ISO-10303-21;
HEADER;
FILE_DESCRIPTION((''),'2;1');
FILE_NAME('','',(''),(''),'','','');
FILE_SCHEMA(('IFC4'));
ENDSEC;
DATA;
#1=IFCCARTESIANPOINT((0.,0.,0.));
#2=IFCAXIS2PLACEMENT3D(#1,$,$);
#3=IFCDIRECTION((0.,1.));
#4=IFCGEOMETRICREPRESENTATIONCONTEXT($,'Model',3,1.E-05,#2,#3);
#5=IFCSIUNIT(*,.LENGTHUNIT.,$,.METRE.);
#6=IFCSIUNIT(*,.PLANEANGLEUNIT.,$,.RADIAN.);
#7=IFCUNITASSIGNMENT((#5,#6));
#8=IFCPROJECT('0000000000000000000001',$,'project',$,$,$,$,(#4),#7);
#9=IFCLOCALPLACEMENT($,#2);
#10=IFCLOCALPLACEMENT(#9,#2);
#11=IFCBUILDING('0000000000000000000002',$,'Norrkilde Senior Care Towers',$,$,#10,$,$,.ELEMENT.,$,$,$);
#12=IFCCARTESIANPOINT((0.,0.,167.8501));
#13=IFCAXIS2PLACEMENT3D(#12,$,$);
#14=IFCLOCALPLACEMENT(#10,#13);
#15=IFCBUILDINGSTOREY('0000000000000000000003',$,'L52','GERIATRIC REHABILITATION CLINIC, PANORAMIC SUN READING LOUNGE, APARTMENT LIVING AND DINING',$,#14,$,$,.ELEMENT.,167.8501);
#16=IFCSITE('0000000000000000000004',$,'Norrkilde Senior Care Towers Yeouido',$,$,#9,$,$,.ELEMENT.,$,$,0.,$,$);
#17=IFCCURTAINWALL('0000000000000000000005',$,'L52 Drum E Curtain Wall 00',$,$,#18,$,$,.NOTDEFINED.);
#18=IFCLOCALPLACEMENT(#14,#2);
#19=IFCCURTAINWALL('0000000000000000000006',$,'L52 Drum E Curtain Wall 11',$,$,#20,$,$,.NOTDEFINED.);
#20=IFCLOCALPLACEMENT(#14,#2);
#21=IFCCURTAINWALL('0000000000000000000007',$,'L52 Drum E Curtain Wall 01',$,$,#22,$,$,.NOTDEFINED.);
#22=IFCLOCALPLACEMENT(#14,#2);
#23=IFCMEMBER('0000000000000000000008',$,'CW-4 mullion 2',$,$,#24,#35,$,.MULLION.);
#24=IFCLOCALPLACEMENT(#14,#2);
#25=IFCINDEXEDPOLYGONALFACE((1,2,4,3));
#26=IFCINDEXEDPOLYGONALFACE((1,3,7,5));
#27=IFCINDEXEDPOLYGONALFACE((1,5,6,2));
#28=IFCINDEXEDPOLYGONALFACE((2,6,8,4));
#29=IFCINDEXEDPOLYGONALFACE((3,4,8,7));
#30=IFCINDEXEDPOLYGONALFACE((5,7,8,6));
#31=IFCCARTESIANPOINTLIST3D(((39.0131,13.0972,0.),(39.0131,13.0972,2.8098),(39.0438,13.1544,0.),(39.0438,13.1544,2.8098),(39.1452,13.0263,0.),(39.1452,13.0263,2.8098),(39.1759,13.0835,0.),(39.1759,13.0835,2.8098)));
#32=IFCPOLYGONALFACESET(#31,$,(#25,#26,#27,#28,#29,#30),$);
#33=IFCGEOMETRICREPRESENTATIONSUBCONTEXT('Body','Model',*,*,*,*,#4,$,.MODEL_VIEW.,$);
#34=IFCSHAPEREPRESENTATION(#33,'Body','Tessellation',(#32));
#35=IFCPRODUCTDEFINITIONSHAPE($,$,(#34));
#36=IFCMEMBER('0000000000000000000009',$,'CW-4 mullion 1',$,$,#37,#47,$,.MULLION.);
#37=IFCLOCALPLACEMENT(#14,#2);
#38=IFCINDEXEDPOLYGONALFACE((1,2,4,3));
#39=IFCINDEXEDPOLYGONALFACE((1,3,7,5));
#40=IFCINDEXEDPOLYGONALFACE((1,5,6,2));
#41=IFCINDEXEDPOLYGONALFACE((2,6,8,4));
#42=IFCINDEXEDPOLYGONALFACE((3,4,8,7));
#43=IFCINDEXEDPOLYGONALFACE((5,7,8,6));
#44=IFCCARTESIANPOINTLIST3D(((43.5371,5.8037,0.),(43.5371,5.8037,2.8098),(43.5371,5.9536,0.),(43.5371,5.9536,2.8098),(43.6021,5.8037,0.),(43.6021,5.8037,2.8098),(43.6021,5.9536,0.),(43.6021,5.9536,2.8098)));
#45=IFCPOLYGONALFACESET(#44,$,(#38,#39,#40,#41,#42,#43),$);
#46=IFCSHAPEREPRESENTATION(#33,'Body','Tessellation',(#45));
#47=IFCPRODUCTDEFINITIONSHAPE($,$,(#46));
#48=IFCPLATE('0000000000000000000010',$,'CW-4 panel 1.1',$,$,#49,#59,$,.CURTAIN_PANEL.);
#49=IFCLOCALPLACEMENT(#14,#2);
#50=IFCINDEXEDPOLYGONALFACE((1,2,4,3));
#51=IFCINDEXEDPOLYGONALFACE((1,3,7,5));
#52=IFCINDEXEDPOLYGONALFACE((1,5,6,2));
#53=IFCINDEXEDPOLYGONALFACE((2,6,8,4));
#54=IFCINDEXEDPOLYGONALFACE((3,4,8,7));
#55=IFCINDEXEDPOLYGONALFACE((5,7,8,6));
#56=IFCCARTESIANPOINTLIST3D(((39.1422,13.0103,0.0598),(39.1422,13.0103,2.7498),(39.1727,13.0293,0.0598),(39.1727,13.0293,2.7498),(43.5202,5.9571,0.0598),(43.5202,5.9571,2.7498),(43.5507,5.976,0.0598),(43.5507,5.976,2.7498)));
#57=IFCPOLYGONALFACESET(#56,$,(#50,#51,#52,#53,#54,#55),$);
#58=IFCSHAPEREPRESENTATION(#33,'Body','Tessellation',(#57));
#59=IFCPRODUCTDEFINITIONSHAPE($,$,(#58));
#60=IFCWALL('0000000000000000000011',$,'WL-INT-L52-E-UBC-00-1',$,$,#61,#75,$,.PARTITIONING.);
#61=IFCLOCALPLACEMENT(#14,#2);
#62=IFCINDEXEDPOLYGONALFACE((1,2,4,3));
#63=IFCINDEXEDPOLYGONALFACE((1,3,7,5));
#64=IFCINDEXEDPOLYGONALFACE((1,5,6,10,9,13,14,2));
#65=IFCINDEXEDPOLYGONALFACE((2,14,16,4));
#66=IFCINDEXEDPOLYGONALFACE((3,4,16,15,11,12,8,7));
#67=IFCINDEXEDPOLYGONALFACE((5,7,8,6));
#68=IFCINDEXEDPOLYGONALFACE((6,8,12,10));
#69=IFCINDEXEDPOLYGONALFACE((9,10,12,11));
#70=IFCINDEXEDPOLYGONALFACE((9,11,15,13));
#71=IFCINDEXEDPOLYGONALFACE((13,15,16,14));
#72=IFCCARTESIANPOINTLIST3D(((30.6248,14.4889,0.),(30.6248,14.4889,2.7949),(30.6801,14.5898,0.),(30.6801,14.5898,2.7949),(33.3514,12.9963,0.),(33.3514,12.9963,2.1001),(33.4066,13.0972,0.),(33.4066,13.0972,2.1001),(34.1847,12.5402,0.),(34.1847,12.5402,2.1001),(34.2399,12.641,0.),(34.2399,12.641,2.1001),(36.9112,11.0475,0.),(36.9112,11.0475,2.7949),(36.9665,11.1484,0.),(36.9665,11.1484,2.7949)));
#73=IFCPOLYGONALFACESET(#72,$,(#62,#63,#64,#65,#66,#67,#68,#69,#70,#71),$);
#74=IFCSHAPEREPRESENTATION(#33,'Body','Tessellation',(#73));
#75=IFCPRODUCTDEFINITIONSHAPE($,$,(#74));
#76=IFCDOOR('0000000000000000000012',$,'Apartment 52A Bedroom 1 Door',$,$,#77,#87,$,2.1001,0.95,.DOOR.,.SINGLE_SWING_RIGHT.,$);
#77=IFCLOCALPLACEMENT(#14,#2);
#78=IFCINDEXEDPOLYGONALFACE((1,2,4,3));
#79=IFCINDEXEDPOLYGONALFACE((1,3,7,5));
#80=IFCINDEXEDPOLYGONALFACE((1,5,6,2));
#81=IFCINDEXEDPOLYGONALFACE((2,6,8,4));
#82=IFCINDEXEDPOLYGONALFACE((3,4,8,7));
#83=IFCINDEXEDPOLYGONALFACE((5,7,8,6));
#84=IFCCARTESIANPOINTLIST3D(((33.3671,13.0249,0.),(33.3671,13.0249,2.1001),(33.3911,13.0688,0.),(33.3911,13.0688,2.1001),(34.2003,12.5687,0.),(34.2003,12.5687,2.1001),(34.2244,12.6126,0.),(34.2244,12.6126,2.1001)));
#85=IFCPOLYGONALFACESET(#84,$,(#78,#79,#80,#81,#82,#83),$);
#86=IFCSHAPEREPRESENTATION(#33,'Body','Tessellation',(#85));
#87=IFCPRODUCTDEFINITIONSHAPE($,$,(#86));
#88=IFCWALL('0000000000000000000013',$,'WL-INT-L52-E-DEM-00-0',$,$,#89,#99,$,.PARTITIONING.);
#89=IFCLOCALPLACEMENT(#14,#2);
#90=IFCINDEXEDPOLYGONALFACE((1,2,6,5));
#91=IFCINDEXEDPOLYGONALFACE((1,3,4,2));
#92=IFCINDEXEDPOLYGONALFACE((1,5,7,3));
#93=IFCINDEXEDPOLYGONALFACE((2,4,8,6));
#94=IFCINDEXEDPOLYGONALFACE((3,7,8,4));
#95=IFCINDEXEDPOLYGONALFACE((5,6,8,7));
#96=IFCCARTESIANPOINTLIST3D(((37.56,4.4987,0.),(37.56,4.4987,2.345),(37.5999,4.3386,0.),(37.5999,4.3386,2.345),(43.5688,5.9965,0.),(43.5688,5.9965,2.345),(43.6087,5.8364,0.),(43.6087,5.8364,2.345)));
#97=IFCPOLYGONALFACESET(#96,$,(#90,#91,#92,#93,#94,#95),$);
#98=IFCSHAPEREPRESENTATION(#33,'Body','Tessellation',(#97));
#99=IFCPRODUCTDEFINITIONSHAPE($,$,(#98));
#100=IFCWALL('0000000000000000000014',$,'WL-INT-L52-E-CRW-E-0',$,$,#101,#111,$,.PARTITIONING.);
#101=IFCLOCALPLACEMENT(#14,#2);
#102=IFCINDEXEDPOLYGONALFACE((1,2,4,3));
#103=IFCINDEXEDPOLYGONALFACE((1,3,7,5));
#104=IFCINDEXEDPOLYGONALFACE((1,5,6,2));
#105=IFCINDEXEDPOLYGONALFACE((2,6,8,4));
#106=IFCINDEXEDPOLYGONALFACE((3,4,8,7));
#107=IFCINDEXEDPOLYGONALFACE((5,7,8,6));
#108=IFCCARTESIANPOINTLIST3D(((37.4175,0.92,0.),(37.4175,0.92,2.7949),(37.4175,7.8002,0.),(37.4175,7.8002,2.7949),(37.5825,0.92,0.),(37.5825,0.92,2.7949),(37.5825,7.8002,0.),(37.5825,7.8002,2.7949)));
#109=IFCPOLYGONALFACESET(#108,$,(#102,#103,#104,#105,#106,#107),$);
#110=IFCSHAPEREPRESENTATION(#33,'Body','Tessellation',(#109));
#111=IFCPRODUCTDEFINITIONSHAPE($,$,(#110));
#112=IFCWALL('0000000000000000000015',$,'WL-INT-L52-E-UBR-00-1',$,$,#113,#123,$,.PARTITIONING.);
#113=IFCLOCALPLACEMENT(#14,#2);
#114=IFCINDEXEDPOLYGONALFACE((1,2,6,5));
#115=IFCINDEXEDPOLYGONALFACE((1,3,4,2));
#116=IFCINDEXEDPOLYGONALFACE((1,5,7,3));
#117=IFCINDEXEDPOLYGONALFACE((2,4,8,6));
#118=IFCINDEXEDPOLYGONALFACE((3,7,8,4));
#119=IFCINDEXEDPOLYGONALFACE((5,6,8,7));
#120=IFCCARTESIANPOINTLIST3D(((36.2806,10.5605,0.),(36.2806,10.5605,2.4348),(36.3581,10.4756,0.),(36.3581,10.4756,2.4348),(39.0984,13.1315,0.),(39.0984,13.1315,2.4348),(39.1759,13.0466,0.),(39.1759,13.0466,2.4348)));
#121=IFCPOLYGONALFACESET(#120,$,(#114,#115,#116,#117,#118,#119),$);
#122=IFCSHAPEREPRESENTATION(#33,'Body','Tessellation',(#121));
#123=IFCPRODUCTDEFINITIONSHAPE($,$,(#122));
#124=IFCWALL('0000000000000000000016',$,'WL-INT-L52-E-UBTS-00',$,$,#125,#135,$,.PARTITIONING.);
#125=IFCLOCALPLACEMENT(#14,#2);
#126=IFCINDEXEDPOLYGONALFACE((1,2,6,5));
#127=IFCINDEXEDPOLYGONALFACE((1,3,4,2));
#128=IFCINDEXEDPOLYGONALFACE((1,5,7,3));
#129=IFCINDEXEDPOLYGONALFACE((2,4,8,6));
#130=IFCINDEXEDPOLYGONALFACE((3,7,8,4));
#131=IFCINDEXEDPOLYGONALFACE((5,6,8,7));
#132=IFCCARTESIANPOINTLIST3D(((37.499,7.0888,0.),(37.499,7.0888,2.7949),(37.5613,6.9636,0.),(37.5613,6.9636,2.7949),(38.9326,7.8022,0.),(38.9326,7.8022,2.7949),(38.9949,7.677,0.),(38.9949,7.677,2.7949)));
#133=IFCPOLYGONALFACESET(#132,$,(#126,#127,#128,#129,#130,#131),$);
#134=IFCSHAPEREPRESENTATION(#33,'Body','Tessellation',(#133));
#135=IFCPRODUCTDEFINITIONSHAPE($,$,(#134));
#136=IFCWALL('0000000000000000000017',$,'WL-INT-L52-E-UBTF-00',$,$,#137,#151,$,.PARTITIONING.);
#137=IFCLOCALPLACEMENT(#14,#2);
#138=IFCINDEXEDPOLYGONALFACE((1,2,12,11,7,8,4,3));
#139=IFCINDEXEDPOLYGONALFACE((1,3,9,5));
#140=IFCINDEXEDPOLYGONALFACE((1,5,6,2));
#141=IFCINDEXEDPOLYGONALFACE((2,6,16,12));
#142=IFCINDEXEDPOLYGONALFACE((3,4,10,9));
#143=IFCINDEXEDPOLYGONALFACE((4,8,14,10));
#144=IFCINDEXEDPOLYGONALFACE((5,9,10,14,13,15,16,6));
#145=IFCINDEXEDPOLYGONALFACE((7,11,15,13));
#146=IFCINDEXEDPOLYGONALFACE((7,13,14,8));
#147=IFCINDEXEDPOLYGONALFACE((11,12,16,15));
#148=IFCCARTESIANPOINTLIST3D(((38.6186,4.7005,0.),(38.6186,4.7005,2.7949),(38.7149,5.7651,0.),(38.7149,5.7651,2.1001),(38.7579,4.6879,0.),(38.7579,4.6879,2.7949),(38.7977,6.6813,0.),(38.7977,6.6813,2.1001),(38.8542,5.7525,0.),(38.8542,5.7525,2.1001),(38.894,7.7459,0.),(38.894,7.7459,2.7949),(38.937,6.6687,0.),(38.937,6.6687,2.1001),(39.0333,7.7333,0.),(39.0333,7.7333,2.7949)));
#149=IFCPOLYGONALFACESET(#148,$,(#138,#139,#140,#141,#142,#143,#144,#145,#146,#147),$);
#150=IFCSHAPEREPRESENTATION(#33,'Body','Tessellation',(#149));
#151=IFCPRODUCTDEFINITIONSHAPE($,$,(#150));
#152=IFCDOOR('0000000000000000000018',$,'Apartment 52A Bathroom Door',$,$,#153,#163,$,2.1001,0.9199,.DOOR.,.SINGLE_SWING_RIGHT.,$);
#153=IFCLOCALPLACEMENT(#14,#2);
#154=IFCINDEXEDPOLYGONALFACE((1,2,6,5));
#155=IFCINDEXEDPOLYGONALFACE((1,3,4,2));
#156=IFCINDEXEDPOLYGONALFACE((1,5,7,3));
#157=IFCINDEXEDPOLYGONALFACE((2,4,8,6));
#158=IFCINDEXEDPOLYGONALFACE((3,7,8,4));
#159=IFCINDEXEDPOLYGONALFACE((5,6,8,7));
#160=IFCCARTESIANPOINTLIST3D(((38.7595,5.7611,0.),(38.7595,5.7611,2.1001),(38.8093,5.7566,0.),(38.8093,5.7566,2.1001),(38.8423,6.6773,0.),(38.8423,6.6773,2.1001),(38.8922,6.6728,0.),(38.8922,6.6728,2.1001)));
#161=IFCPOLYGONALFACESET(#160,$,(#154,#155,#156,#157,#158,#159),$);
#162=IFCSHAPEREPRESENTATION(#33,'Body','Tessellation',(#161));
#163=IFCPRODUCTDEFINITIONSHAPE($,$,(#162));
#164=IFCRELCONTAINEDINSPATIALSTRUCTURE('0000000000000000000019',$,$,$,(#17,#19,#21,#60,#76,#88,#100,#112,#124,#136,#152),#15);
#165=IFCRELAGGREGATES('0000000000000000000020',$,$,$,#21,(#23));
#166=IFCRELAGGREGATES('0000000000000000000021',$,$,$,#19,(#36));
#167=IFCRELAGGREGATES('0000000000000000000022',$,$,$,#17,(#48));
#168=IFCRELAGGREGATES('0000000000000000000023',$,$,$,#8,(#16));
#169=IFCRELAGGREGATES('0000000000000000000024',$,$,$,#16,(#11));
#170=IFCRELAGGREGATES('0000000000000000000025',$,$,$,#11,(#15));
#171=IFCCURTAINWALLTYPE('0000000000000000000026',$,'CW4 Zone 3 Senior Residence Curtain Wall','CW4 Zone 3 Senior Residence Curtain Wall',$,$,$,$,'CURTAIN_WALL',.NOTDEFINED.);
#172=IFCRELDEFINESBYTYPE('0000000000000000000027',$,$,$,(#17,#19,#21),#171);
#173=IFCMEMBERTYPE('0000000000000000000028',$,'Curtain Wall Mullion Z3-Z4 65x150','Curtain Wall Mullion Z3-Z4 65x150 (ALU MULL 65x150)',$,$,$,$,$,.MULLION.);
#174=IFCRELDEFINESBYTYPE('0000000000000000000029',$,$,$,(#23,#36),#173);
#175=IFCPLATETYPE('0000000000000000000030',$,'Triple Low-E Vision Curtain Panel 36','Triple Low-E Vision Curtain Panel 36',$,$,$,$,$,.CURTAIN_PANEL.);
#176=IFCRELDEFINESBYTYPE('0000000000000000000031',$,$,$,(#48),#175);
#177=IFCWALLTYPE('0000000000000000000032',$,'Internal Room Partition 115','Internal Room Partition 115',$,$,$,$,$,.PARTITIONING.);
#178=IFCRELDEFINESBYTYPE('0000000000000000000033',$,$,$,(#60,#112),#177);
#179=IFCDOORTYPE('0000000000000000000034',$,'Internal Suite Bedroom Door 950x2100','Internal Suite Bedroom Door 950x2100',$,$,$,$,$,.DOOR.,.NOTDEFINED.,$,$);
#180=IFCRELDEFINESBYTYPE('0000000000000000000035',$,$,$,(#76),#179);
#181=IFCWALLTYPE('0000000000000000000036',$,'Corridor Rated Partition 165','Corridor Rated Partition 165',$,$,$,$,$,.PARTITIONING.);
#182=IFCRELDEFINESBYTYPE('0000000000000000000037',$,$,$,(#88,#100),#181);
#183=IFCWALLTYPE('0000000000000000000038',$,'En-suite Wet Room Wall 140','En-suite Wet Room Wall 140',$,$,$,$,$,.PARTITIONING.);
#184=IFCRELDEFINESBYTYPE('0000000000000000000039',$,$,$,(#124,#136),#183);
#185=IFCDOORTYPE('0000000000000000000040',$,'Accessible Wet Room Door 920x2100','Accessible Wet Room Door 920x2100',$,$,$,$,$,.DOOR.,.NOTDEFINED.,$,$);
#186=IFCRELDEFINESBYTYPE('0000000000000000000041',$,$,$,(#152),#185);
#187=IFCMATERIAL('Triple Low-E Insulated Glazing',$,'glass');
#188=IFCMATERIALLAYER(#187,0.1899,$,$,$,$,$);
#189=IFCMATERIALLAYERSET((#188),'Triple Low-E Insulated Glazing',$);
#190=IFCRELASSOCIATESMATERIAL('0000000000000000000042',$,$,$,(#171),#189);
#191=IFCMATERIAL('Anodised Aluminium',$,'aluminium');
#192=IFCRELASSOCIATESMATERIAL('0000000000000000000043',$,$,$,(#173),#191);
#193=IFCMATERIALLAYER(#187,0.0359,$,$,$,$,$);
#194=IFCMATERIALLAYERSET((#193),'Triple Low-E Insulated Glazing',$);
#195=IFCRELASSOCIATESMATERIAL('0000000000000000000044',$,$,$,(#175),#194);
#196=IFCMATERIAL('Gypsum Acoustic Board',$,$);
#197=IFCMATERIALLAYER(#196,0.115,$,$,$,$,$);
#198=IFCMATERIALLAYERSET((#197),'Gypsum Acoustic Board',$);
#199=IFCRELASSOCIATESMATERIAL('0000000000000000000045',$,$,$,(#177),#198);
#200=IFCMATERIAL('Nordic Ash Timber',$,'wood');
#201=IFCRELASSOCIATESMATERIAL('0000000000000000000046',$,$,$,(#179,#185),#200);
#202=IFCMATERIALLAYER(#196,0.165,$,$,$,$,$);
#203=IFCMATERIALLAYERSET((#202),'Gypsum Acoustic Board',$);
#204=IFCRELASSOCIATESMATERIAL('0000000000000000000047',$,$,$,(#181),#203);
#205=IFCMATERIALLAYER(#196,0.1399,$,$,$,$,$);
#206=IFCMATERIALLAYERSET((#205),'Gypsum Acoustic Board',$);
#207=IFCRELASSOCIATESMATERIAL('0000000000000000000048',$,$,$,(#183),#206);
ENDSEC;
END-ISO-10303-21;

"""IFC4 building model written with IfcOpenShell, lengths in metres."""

from ifc_helpers import new_model, si_unit, direction, frame, frame_2d, origin, origin_2d, place, context, subcontext, project, spatial, rectangle, extrude, source, transform, mapped, material, layer, layer_set, material_profile, profile_set, type_object, type_shapes, element, fill, aggregate, save


model = new_model("IFC4")

# Units and contexts
model_context = context("Model", 3, precision=1e-05, world=origin(), true_north=direction((0.0, 1.0)))
body_context = subcontext(model_context, "Body", "Model", "MODEL_VIEW")
ifc_project = project(units=[si_unit("LENGTHUNIT", "METRE"), si_unit("PLANEANGLEUNIT", "RADIAN")], contexts=[model_context])

# Site, building, storey
site_placement = place(None, origin())
site = spatial("IfcSite", under=ifc_project, at=site_placement, Name="Norrkilde Senior Care Towers Yeouido", CompositionType="ELEMENT", RefElevation=0.0)
building_placement = place(site_placement, origin())
building = spatial("IfcBuilding", under=site, at=building_placement, Name="Norrkilde Senior Care Towers", CompositionType="ELEMENT")
storey_placement = place(building_placement, frame((0.0, 0.0, 167.8501)))
storey = spatial("IfcBuildingStorey", under=building, at=storey_placement, Name="L52", Description="GERIATRIC REHABILITATION CLINIC, PANORAMIC SUN READING LOUNGE, APARTMENT LIVING AND DINING", CompositionType="ELEMENT", Elevation=167.8501)

# Curtain walls
ifc_material_1 = material(Name="Triple Low-E Insulated Glazing", Category="glass")
ifc_layer_1 = layer(ifc_material_1, 0.1899)
ifc_layer_set_1 = layer_set([ifc_layer_1], Name="Triple Low-E Insulated Glazing")
curtain_wall_type = type_object("IfcCurtainWallType", Name="CW4 Zone 3 Senior Residence Curtain Wall", Description="CW4 Zone 3 Senior Residence Curtain Wall", ElementType="CURTAIN_WALL", PredefinedType="NOTDEFINED", material=ifc_layer_set_1)
curtain_wall_1_placement = place(storey_placement, origin())
curtain_wall_1 = element("IfcCurtainWall", 1, at=curtain_wall_1_placement, inside=storey, type_object=curtain_wall_type, Name="L52 Drum E Curtain Wall 00", PredefinedType="NOTDEFINED")
ifc_material_2 = material(Name="Anodised Aluminium", Category="aluminium")
curtain_wall_2_placement = place(storey_placement, origin())
curtain_wall_2 = element("IfcCurtainWall", 2, at=curtain_wall_2_placement, inside=storey, type_object=curtain_wall_type, Name="L52 Drum E Curtain Wall 11", PredefinedType="NOTDEFINED")

# Shared definitions
ifc_material_profile_1 = material_profile(ifc_material_2, rectangle(XDim=0.0649, YDim=0.1499, at=origin_2d()), Name="ALU MULL 65x150")
ifc_profile_set_1 = profile_set([ifc_material_profile_1], Name="Anodised Aluminium")
member_type_1 = type_object("IfcMemberType", Name="Curtain Wall Mullion Z3-Z4 65x150", Description="Curtain Wall Mullion Z3-Z4 65x150 (ALU MULL 65x150)", PredefinedType="MULLION", material=ifc_profile_set_1)
shared_shape_1 = source(origin(), body_context, "Body", "SweptSolid", [
    extrude(rectangle(XDim=0.0649, YDim=0.1499, at=origin_2d()), origin(), (0.0, 0.0, 1.0), 2.8098),
])
type_shapes(member_type_1, [shared_shape_1])

# Curtain wall, member
curtain_wall_3_placement = place(storey_placement, origin())
curtain_wall_3 = element("IfcCurtainWall", 3, at=curtain_wall_3_placement, inside=storey, type_object=curtain_wall_type, Name="L52 Drum E Curtain Wall 01", PredefinedType="NOTDEFINED")
member_1_placement = place(storey_placement, frame((39.0945, 13.0903, 0.0), z_axis=(0.0, 0.0, 1.0), x_axis=(0.473117, 0.881, 0.0)))
member_1 = element("IfcMember", 4, at=member_1_placement, type_object=member_type_1, Name="CW-4 mullion 2", PredefinedType="MULLION", context=body_context, shape_type="MappedRepresentation", body=[
    mapped(shared_shape_1, transform((0.0, 0.0, 0.0), x_axis=(1.0, 0.0, 0.0), y_axis=(0.0, 1.0, 0.0), z_axis=(0.0, 0.0, 1.0), scale=1.0)),
])
aggregate(curtain_wall_3, [member_1])

# Member
member_2_placement = place(storey_placement, frame((43.5696, 5.8787, 0.0), z_axis=(0.0, 0.0, 1.0), x_axis=(1.0, 0.0, 0.0)))
member_2 = element("IfcMember", 5, at=member_2_placement, type_object=member_type_1, Name="CW-4 mullion 1", PredefinedType="MULLION", context=body_context, shape_type="MappedRepresentation", body=[
    mapped(shared_shape_1, transform((0.0, 0.0, 0.0), x_axis=(1.0, 0.0, 0.0), y_axis=(0.0, 1.0, 0.0), z_axis=(0.0, 0.0, 1.0), scale=1.0)),
])
aggregate(curtain_wall_2, [member_2])

# Plate
ifc_layer_2 = layer(ifc_material_1, 0.0359)
ifc_layer_set_2 = layer_set([ifc_layer_2], Name="Triple Low-E Insulated Glazing")
plate_type = type_object("IfcPlateType", Name="Triple Low-E Vision Curtain Panel 36", Description="Triple Low-E Vision Curtain Panel 36", PredefinedType="CURTAIN_PANEL", material=ifc_layer_set_2)
shared_shape_2 = source(origin(), body_context, "Body", "SweptSolid", [
    extrude(rectangle(XDim=8.3015, YDim=0.0359, at=origin_2d()), origin(), (0.0, 0.0, 1.0), 2.6899),
])
type_shapes(plate_type, [shared_shape_2])
plate_placement = place(storey_placement, frame((41.3464, 9.4932, 0.0598), z_axis=(0.0, 0.0, 1.0), x_axis=(0.527373, -0.849634, 0.0)))
plate = element("IfcPlate", 6, at=plate_placement, type_object=plate_type, Name="CW-4 panel 1.1", PredefinedType="CURTAIN_PANEL", context=body_context, shape_type="MappedRepresentation", body=[
    mapped(shared_shape_2, transform((0.0, 0.0, 0.0), x_axis=(1.0, 0.0, 0.0), y_axis=(0.0, 1.0, 0.0), z_axis=(0.0, 0.0, 1.0), scale=1.0)),
])
aggregate(curtain_wall_1, [plate])

# Wall, opening, door
ifc_material_3 = material(Name="Gypsum Acoustic Board")
ifc_layer_3 = layer(ifc_material_3, 0.115)
ifc_layer_set_3 = layer_set([ifc_layer_3], Name="Gypsum Acoustic Board")
wall_type_1 = type_object("IfcWallType", Name="Internal Room Partition 115", Description="Internal Room Partition 115", PredefinedType="PARTITIONING", material=ifc_layer_set_3)
shared_shape_3 = source(origin(), body_context, "Body", "SweptSolid", [
    extrude(rectangle(XDim=7.1667, YDim=0.115, at=frame_2d((3.5835, 0.0))), origin(), (0.0, 0.0, 1.0), 2.7949),
])
wall_1_placement = place(storey_placement, frame((36.939, 11.0979, 0.0), z_axis=(0.0, 0.0, 1.0), x_axis=(-0.877163, 0.480193, 0.0)))
wall_1 = element("IfcWall", 7, at=wall_1_placement, inside=storey, type_object=wall_type_1, Name="WL-INT-L52-E-UBC-00-1", PredefinedType="PARTITIONING", context=body_context, shape_type="MappedRepresentation", body=[
    mapped(shared_shape_3, transform((0.0, 0.0, 0.0), x_axis=(1.0, 0.0, 0.0), y_axis=(0.0, 1.0, 0.0), z_axis=(0.0, 0.0, 1.0), scale=1.0)),
])
opening_1_placement = place(wall_1_placement, frame((3.1084, 0.0, 0.0)))
opening_1 = element("IfcOpeningElement", 8, at=opening_1_placement, cuts=wall_1, PredefinedType="OPENING", context=body_context, shape_type="SweptSolid", body=[
    extrude(rectangle(XDim=0.95, YDim=2.1001, at=frame_2d((0.4751, 1.05))), frame((0.0, 0.0674, 0.0), z_axis=(0.0, -1.0, 0.0), x_axis=(1.0, 0.0, 0.0)), (0.0, 0.0, 1.0), 0.135),
])
ifc_material_4 = material(Name="Nordic Ash Timber", Category="wood")
door_type_1 = type_object("IfcDoorType", Name="Internal Suite Bedroom Door 950x2100", Description="Internal Suite Bedroom Door 950x2100", OperationType="NOTDEFINED", PredefinedType="DOOR", material=ifc_material_4)
shared_shape_4 = source(origin(), body_context, "Body", "SweptSolid", [
    extrude(rectangle(XDim=0.95, YDim=2.1001, at=frame_2d((0.4751, 1.05))), frame((0.0, 0.0249, 0.0), z_axis=(0.0, -1.0, 0.0), x_axis=(1.0, 0.0, 0.0)), (0.0, 0.0, 1.0), 0.05),
])
type_shapes(door_type_1, [shared_shape_4])
door_1_placement = place(opening_1_placement, origin())
door_1 = element("IfcDoor", 9, at=door_1_placement, inside=storey, type_object=door_type_1, Name="Apartment 52A Bedroom 1 Door", OperationType="SINGLE_SWING_RIGHT", OverallHeight=2.1001, OverallWidth=0.95, PredefinedType="DOOR", context=body_context, shape_type="MappedRepresentation", body=[
    mapped(shared_shape_4, transform((0.0, 0.0, 0.0), x_axis=(1.0, 0.0, 0.0), y_axis=(0.0, 1.0, 0.0), z_axis=(0.0, 0.0, 1.0), scale=1.0)),
])
fill(opening_1, door_1)

# Walls
ifc_layer_4 = layer(ifc_material_3, 0.165)
ifc_layer_set_4 = layer_set([ifc_layer_4], Name="Gypsum Acoustic Board")
wall_type_2 = type_object("IfcWallType", Name="Corridor Rated Partition 165", Description="Corridor Rated Partition 165", PredefinedType="PARTITIONING", material=ifc_layer_set_4)
shared_shape_5 = source(origin(), body_context, "Body", "SweptSolid", [
    extrude(rectangle(XDim=6.1926, YDim=0.165, at=frame_2d((3.0962, 0.0))), origin(), (0.0, 0.0, 1.0), 2.345),
])
wall_2_placement = place(storey_placement, frame((37.5801, 4.4187, 0.0), z_axis=(0.0, 0.0, 1.0), x_axis=(0.970309, 0.241868, 0.0)))
element("IfcWall", 10, at=wall_2_placement, inside=storey, type_object=wall_type_2, Name="WL-INT-L52-E-DEM-00-0", PredefinedType="PARTITIONING", context=body_context, shape_type="MappedRepresentation", body=[
    mapped(shared_shape_5, transform((0.0, 0.0, 0.0), x_axis=(1.0, 0.0, 0.0), y_axis=(0.0, 1.0, 0.0), z_axis=(0.0, 0.0, 1.0), scale=1.0)),
])
shared_shape_6 = source(origin(), body_context, "Body", "SweptSolid", [
    extrude(rectangle(XDim=6.8801, YDim=0.165, at=frame_2d((3.4399, 0.0))), origin(), (0.0, 0.0, 1.0), 2.7949),
])
type_shapes(wall_type_2, [shared_shape_5, shared_shape_6])
wall_3_placement = place(storey_placement, frame((37.5, 7.8, 0.0), z_axis=(0.0, 0.0, 1.0), x_axis=(0.0, -1.0, 0.0)))
element("IfcWall", 11, at=wall_3_placement, inside=storey, type_object=wall_type_2, Name="WL-INT-L52-E-CRW-E-0", PredefinedType="PARTITIONING", context=body_context, shape_type="MappedRepresentation", body=[
    mapped(shared_shape_6, transform((0.0, 0.0, 0.0), x_axis=(1.0, 0.0, 0.0), y_axis=(0.0, 1.0, 0.0), z_axis=(0.0, 0.0, 1.0), scale=1.0)),
])
shared_shape_7 = source(origin(), body_context, "Body", "SweptSolid", [
    extrude(rectangle(XDim=3.8145, YDim=0.115, at=frame_2d((1.9072, 0.0))), origin(), (0.0, 0.0, 1.0), 2.4348),
])
wall_4_placement = place(storey_placement, frame((36.3193, 10.5181, 0.0), z_axis=(0.0, 0.0, 1.0), x_axis=(0.73872, 0.674013, 0.0)))
element("IfcWall", 12, at=wall_4_placement, inside=storey, type_object=wall_type_1, Name="WL-INT-L52-E-UBR-00-1", PredefinedType="PARTITIONING", context=body_context, shape_type="MappedRepresentation", body=[
    mapped(shared_shape_7, transform((0.0, 0.0, 0.0), x_axis=(1.0, 0.0, 0.0), y_axis=(0.0, 1.0, 0.0), z_axis=(0.0, 0.0, 1.0), scale=1.0)),
])
ifc_layer_5 = layer(ifc_material_3, 0.1399)
ifc_layer_set_5 = layer_set([ifc_layer_5], Name="Gypsum Acoustic Board")
wall_type_3 = type_object("IfcWallType", Name="En-suite Wet Room Wall 140", Description="En-suite Wet Room Wall 140", PredefinedType="PARTITIONING", material=ifc_layer_set_5)
shared_shape_8 = source(origin(), body_context, "Body", "SweptSolid", [
    extrude(rectangle(XDim=1.6013, YDim=0.1399, at=frame_2d((0.8008, 0.0))), origin(), (0.0, 0.0, 1.0), 2.7949),
])
wall_5_placement = place(storey_placement, frame((37.53, 7.0261, 0.0), z_axis=(0.0, 0.0, 1.0), x_axis=(0.895279, 0.445505, 0.0)))
element("IfcWall", 13, at=wall_5_placement, inside=storey, type_object=wall_type_3, Name="WL-INT-L52-E-UBTS-00", PredefinedType="PARTITIONING", context=body_context, shape_type="MappedRepresentation", body=[
    mapped(shared_shape_8, transform((0.0, 0.0, 0.0), x_axis=(1.0, 0.0, 0.0), y_axis=(0.0, 1.0, 0.0), z_axis=(0.0, 0.0, 1.0), scale=1.0)),
])

# Wall, opening, door
shared_shape_9 = source(origin(), body_context, "Body", "SweptSolid", [
    extrude(rectangle(XDim=3.0579, YDim=0.1399, at=frame_2d((1.5288, 0.0))), origin(), (0.0, 0.0, 1.0), 2.7949),
])
type_shapes(wall_type_3, [shared_shape_8, shared_shape_9])
wall_6_placement = place(storey_placement, frame((38.9636, 7.7395, 0.0), z_axis=(0.0, 0.0, 1.0), x_axis=(-0.090061, -0.995936, 0.0)))
wall_6 = element("IfcWall", 14, at=wall_6_placement, inside=storey, type_object=wall_type_3, Name="WL-INT-L52-E-UBTF-00", PredefinedType="PARTITIONING", context=body_context, shape_type="MappedRepresentation", body=[
    mapped(shared_shape_9, transform((0.0, 0.0, 0.0), x_axis=(1.0, 0.0, 0.0), y_axis=(0.0, 1.0, 0.0), z_axis=(0.0, 0.0, 1.0), scale=1.0)),
])
opening_2_placement = place(wall_6_placement, frame((1.0688, 0.0, 0.0)))
opening_2 = element("IfcOpeningElement", 15, at=opening_2_placement, cuts=wall_6, PredefinedType="OPENING", context=body_context, shape_type="SweptSolid", body=[
    extrude(rectangle(XDim=0.9199, YDim=2.1001, at=frame_2d((0.46, 1.05))), frame((0.0, 0.0798, 0.0), z_axis=(0.0, -1.0, 0.0), x_axis=(1.0, 0.0, 0.0)), (0.0, 0.0, 1.0), 0.1599),
])
door_type_2 = type_object("IfcDoorType", Name="Accessible Wet Room Door 920x2100", Description="Accessible Wet Room Door 920x2100", OperationType="NOTDEFINED", PredefinedType="DOOR", material=ifc_material_4)
shared_shape_10 = source(origin(), body_context, "Body", "SweptSolid", [
    extrude(rectangle(XDim=0.9199, YDim=2.1001, at=frame_2d((0.46, 1.05))), frame((0.0, 0.0249, 0.0), z_axis=(0.0, -1.0, 0.0), x_axis=(1.0, 0.0, 0.0)), (0.0, 0.0, 1.0), 0.05),
])
type_shapes(door_type_2, [shared_shape_10])
door_2_placement = place(opening_2_placement, origin())
door_2 = element("IfcDoor", 16, at=door_2_placement, inside=storey, type_object=door_type_2, Name="Apartment 52A Bathroom Door", OperationType="SINGLE_SWING_RIGHT", OverallHeight=2.1001, OverallWidth=0.9199, PredefinedType="DOOR", context=body_context, shape_type="MappedRepresentation", body=[
    mapped(shared_shape_10, transform((0.0, 0.0, 0.0), x_axis=(1.0, 0.0, 0.0), y_axis=(0.0, 1.0, 0.0), z_axis=(0.0, 0.0, 1.0), scale=1.0)),
])
fill(opening_2, door_2)

save(model, "model.ifc")
